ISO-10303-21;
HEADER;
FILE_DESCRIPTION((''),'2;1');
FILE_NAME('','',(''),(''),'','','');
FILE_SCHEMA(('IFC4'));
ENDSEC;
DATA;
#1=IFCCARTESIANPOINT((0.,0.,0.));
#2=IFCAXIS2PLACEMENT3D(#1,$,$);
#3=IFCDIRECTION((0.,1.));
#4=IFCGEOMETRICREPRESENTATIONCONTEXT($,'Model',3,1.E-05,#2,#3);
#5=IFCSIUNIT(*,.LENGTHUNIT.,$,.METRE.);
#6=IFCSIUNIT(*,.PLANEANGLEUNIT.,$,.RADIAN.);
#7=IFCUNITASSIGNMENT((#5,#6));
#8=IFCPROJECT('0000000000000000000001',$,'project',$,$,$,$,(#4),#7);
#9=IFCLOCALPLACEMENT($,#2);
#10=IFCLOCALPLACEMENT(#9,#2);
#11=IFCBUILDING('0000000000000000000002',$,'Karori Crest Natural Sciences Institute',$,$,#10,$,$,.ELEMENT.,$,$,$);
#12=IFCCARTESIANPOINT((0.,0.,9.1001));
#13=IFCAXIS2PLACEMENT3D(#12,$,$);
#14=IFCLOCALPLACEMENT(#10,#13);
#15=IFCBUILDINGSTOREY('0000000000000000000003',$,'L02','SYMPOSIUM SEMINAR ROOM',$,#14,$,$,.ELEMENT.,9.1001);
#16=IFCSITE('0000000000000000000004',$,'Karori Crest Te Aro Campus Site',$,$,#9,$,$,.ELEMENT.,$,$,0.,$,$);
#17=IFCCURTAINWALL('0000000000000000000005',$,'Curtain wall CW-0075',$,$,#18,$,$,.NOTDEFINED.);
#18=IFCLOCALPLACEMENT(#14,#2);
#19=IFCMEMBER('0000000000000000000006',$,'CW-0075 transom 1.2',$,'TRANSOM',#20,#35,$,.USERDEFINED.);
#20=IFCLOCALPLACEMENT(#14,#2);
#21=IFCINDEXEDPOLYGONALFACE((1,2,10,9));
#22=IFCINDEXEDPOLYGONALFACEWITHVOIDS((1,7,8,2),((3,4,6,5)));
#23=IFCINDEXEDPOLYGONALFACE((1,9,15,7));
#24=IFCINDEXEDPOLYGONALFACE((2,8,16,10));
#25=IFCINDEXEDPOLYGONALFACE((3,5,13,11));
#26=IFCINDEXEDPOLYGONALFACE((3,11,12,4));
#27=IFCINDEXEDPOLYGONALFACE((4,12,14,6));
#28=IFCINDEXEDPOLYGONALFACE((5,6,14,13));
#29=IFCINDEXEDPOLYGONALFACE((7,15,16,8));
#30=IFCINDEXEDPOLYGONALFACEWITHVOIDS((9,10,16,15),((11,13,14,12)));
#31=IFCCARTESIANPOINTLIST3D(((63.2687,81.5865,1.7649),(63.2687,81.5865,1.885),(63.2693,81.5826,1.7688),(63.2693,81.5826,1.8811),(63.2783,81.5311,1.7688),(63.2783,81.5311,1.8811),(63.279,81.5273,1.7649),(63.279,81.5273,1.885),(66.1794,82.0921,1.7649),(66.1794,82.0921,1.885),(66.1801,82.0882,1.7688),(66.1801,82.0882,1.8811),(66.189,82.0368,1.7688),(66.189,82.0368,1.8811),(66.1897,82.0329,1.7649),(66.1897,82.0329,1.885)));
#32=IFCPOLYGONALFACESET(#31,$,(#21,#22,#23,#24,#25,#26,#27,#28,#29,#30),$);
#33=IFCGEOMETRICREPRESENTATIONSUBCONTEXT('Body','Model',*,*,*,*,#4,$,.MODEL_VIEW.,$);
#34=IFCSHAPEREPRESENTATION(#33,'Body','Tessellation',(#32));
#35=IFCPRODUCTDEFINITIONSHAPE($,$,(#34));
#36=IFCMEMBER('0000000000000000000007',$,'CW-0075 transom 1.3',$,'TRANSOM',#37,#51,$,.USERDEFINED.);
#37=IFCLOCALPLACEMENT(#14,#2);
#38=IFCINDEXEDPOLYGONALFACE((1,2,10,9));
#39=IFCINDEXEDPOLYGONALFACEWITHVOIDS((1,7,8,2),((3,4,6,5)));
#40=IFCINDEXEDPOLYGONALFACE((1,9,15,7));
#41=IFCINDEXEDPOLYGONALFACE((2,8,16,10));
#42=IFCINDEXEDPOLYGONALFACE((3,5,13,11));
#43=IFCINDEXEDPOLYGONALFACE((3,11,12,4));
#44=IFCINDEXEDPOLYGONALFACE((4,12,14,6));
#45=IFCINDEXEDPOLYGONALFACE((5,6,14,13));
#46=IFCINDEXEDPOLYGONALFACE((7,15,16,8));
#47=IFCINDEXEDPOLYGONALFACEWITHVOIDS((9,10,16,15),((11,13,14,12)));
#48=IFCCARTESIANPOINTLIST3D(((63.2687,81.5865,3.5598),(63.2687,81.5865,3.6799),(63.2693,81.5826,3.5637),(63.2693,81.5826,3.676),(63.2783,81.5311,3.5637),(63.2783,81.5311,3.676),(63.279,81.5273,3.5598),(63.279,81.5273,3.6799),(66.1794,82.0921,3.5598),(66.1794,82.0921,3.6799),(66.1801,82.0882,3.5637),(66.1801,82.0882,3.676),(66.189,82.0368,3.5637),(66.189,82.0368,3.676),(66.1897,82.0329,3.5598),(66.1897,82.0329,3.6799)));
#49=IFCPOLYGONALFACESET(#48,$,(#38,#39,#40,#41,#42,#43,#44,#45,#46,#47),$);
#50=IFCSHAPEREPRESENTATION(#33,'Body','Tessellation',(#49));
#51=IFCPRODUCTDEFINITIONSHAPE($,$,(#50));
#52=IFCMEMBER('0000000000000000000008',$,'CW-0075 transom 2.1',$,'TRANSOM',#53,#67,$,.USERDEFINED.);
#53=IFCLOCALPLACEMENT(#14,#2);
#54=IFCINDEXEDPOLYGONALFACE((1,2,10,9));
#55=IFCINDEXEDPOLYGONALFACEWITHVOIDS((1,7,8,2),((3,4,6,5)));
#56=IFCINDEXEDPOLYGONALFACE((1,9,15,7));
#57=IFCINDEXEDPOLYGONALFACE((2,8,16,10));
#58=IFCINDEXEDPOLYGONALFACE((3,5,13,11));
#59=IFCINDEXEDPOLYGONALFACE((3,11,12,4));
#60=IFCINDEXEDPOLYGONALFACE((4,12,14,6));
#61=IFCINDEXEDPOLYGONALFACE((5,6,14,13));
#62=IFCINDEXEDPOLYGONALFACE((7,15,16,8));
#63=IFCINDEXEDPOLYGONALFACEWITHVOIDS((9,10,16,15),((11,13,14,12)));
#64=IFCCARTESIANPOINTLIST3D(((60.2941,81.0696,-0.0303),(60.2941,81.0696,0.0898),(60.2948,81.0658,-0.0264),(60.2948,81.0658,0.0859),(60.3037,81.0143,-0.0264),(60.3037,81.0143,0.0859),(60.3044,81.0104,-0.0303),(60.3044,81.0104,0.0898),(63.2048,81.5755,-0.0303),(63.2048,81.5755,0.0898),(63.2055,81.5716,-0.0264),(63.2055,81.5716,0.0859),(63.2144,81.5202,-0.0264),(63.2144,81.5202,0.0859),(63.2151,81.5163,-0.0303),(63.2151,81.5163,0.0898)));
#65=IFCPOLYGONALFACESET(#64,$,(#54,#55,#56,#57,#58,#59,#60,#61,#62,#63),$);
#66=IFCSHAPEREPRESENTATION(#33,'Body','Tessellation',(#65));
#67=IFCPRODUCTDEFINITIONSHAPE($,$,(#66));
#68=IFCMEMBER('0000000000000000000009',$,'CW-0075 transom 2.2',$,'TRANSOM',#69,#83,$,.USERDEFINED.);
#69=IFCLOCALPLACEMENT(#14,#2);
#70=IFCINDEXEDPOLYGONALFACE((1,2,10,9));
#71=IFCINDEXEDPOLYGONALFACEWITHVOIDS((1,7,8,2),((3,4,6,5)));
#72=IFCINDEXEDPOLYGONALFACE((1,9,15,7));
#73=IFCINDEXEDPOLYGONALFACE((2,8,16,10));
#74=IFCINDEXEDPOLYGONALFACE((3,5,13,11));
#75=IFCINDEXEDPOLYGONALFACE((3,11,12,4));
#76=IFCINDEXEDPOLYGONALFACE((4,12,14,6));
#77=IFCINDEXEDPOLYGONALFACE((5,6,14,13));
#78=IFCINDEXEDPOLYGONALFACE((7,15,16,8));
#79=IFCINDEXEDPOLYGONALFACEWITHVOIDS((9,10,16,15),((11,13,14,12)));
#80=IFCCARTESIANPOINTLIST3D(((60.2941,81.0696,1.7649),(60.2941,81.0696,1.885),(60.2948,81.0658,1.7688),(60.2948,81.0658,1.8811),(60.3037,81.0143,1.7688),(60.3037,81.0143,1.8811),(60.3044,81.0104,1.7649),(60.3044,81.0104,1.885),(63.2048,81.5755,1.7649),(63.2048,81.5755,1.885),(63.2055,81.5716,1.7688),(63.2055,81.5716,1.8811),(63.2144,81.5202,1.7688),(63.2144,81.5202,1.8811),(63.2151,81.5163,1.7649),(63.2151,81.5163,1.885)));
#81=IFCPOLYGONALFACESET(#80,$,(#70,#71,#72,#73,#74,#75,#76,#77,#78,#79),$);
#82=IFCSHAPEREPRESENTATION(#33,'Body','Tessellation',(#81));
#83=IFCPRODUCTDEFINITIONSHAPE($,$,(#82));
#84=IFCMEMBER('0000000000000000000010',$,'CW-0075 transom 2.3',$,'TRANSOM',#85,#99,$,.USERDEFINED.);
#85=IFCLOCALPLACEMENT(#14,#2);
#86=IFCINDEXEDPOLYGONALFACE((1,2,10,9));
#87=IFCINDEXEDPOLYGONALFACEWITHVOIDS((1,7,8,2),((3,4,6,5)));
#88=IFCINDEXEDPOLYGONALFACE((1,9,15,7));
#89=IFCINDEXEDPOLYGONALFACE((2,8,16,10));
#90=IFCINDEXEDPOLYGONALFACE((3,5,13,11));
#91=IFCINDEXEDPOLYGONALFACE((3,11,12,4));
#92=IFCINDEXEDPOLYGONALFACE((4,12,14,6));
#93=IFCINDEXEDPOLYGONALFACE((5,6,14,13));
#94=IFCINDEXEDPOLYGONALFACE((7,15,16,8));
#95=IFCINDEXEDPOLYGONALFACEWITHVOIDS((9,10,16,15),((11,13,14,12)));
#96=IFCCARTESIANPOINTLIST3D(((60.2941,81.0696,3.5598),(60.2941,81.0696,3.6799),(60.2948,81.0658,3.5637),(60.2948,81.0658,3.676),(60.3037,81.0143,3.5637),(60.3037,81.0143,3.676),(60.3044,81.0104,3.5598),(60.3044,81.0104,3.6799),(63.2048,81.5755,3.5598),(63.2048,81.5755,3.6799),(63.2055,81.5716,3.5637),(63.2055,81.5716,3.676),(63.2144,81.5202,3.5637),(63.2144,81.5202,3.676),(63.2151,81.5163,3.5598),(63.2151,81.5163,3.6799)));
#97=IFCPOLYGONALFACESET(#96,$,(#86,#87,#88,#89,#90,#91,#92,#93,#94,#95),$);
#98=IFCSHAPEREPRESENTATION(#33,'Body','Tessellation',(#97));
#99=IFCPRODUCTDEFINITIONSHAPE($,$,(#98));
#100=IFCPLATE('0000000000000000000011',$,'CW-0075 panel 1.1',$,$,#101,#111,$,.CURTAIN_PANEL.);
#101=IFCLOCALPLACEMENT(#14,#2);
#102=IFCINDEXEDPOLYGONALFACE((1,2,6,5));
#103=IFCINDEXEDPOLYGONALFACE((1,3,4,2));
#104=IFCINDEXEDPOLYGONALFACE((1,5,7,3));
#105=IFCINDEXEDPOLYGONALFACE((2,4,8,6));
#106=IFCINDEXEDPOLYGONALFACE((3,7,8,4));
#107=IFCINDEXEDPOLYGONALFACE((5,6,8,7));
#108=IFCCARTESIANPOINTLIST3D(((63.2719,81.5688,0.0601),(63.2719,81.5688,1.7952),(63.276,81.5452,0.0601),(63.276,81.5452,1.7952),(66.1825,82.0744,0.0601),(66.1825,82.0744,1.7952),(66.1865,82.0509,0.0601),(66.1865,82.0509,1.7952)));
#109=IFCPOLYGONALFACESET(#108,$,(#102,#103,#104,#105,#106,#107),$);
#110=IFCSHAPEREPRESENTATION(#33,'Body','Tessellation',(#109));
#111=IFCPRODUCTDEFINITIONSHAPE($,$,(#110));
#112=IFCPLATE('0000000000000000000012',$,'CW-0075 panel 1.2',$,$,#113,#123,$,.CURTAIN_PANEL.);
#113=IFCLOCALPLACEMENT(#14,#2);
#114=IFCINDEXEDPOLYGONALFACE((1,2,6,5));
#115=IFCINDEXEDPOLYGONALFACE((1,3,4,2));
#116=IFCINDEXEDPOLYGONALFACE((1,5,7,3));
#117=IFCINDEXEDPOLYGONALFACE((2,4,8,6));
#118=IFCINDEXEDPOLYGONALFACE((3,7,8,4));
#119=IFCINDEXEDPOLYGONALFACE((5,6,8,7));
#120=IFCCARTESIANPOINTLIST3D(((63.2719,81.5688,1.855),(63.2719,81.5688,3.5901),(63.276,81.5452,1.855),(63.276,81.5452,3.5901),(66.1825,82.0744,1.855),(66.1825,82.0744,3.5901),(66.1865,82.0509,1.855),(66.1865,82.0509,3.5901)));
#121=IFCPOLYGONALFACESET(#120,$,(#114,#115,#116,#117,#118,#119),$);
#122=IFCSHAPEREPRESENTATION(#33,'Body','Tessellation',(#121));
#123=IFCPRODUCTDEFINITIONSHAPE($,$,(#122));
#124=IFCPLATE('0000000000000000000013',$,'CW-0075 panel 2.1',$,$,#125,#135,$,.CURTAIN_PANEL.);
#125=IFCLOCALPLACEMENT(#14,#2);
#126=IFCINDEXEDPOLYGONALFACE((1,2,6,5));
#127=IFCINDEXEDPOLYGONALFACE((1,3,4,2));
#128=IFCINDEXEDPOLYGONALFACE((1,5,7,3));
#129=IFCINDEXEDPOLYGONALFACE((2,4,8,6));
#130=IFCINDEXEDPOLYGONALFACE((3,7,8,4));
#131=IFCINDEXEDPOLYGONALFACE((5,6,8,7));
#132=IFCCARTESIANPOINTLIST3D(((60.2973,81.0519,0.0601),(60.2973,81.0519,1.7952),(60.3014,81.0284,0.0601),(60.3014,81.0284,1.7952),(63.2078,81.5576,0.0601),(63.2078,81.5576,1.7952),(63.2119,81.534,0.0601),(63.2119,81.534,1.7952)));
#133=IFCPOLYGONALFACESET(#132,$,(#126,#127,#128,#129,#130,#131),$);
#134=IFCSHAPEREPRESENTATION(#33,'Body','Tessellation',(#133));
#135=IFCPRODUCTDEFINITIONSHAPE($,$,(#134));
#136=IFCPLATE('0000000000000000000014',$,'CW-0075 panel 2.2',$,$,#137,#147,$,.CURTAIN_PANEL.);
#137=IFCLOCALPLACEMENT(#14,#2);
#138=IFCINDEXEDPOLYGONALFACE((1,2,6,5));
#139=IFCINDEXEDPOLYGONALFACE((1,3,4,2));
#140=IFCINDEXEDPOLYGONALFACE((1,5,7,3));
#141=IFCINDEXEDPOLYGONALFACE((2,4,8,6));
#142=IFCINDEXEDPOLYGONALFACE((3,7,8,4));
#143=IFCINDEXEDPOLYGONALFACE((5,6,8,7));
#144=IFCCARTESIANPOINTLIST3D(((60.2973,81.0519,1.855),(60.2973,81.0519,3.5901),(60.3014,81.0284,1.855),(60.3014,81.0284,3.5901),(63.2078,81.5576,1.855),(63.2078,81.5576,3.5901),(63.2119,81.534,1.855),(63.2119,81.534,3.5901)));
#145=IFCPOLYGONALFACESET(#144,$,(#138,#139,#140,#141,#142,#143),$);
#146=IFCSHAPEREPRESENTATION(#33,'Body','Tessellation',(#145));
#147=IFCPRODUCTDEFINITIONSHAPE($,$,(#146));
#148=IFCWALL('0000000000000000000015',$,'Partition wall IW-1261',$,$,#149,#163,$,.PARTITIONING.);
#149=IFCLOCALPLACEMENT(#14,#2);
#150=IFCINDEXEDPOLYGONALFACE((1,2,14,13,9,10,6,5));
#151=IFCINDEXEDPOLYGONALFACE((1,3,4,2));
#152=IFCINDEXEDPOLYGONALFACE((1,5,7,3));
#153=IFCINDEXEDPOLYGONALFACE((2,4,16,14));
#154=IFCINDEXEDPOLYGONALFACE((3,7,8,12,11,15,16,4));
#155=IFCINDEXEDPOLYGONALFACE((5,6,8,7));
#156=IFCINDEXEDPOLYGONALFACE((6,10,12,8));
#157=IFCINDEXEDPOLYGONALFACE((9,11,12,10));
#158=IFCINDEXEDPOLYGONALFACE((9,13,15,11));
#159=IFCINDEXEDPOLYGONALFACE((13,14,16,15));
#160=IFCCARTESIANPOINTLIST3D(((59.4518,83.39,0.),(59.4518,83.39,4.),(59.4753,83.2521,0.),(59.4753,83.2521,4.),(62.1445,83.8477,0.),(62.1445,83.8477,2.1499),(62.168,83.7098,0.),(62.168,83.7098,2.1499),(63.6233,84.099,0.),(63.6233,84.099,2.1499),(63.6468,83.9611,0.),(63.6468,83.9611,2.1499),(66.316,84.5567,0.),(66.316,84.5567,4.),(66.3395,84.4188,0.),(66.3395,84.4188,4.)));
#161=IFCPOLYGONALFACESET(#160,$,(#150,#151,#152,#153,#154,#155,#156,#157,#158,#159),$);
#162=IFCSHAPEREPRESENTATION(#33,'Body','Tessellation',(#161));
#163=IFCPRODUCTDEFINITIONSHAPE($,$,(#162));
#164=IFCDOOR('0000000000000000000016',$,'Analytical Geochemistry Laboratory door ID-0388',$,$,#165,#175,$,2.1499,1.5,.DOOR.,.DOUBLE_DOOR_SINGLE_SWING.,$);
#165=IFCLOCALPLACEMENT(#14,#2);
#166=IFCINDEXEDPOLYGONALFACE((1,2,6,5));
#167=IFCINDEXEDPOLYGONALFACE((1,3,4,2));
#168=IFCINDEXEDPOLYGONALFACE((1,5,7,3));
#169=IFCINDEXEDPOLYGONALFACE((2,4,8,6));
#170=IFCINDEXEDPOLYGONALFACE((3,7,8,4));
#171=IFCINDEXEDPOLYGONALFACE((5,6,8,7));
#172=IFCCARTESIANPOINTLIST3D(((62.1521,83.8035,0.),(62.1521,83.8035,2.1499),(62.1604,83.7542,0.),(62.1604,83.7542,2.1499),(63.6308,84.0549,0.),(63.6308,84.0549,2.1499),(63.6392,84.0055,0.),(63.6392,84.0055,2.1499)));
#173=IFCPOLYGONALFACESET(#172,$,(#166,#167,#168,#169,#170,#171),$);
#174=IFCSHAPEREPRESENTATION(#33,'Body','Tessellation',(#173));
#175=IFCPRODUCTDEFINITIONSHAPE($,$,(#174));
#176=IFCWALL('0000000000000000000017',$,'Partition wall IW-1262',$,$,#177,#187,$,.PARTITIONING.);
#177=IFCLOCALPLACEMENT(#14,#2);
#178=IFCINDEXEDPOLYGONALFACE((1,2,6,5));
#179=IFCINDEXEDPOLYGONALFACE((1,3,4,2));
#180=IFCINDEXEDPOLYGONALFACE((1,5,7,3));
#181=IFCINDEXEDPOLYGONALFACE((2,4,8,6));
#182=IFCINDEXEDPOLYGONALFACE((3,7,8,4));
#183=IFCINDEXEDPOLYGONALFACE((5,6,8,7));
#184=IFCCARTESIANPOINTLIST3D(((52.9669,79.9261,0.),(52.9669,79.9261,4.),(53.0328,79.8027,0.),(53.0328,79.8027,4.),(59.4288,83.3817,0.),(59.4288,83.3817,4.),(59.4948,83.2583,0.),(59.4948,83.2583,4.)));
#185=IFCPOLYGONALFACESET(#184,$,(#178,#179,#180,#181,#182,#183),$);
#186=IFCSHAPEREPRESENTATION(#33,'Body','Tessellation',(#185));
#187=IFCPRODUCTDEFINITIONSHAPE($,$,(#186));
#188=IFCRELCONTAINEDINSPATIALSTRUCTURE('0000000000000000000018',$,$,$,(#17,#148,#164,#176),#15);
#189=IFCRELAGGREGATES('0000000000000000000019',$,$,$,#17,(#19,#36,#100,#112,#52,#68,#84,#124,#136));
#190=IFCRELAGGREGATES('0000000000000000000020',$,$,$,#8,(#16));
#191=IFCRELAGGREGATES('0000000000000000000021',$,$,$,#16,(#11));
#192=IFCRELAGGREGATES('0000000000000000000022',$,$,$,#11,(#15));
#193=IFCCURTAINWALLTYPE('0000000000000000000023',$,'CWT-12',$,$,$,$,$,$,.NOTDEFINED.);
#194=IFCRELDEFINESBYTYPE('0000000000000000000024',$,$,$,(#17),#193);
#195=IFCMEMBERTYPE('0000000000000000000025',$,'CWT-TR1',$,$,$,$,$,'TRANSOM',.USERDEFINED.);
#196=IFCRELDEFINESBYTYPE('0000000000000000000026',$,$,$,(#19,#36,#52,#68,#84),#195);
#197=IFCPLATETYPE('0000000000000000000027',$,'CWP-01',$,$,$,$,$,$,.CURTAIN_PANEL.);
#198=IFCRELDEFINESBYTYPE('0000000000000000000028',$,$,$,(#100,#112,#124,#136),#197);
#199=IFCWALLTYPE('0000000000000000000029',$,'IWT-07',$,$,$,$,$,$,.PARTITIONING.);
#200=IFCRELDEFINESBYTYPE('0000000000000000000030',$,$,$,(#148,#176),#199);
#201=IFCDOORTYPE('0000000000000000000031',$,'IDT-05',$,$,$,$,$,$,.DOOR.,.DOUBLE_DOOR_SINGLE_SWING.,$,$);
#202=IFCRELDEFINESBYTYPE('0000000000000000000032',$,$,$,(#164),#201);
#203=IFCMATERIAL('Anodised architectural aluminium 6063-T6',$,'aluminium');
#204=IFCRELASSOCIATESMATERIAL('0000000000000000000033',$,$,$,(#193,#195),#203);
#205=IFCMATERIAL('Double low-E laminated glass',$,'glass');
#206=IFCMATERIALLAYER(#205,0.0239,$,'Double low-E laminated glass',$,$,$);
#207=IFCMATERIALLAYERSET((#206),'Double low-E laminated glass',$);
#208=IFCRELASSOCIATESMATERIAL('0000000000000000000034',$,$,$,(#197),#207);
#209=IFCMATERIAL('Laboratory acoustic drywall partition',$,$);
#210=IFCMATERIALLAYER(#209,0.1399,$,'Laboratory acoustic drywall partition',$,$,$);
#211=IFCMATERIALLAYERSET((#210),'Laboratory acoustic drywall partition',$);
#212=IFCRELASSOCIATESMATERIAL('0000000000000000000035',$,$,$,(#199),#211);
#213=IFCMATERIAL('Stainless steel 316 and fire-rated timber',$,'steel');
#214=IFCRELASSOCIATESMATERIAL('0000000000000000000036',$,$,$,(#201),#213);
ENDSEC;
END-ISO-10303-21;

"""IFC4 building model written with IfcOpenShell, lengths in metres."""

from ifc_helpers import new_model, si_unit, direction, frame, frame_2d, origin, origin_2d, place, context, subcontext, project, spatial, rectangle, hollow_rectangle, extrude, material, layer, layer_set, material_profile, profile_set, type_object, element, fill, aggregate, save


model = new_model("IFC4")

# Units and contexts
model_context = context("Model", 3, precision=1e-05, world=origin(), true_north=direction((0.0, 1.0)))
body_context = subcontext(model_context, "Body", "Model", "MODEL_VIEW")
ifc_project = project(units=[si_unit("LENGTHUNIT", "METRE"), si_unit("PLANEANGLEUNIT", "RADIAN")], contexts=[model_context])

# Site, building, storey
site_placement = place(None, origin())
site = spatial("IfcSite", under=ifc_project, at=site_placement, Name="Karori Crest Te Aro Campus Site", CompositionType="ELEMENT", RefElevation=0.0)
building_placement = place(site_placement, origin())
building = spatial("IfcBuilding", under=site, at=building_placement, Name="Karori Crest Natural Sciences Institute", CompositionType="ELEMENT")
storey_placement = place(building_placement, frame((0.0, 0.0, 9.1001)))
storey = spatial("IfcBuildingStorey", under=building, at=storey_placement, Name="L02", Description="SYMPOSIUM SEMINAR ROOM", CompositionType="ELEMENT", Elevation=9.1001)

# Curtain wall, members, plates
ifc_material_1 = material(Name="Anodised architectural aluminium 6063-T6", Category="aluminium")
curtain_wall_type = type_object("IfcCurtainWallType", Name="CWT-12", PredefinedType="NOTDEFINED", material=ifc_material_1)
curtain_wall_placement = place(storey_placement, origin())
curtain_wall = element("IfcCurtainWall", 1, at=curtain_wall_placement, inside=storey, type_object=curtain_wall_type, Name="Curtain wall CW-0075", PredefinedType="NOTDEFINED")
ifc_material_profile_1 = material_profile(ifc_material_1, hollow_rectangle(XDim=0.0601, YDim=0.1201, WallThickness=0.0039, at=origin_2d()), Name="CWT120x60x4")
ifc_profile_set_1 = profile_set([ifc_material_profile_1], Name="Anodised architectural aluminium 6063-T6")
member_type_1 = type_object("IfcMemberType", Name="CWT-TR1", ElementType="TRANSOM", PredefinedType="USERDEFINED", material=ifc_profile_set_1)
member_1_placement = place(storey_placement, frame((66.1846, 82.0625, 1.825), z_axis=(-0.985245, -0.171149, 0.0), x_axis=(0.171149, -0.985245, 0.0)))
member_1 = element("IfcMember", 2, at=member_1_placement, type_object=member_type_1, Name="CW-0075 transom 1.2", ObjectType="TRANSOM", PredefinedType="USERDEFINED", context=body_context, shape_type="SweptSolid", body=[
    extrude(hollow_rectangle(XDim=0.0601, YDim=0.1201, WallThickness=0.0039, at=origin_2d()), origin(), (0.0, 0.0, 1.0), 2.9543),
])
member_2_placement = place(storey_placement, frame((66.1846, 82.0625, 3.6199), z_axis=(-0.985245, -0.171149, 0.0), x_axis=(0.171149, -0.985245, 0.0)))
member_2 = element("IfcMember", 3, at=member_2_placement, type_object=member_type_1, Name="CW-0075 transom 1.3", ObjectType="TRANSOM", PredefinedType="USERDEFINED", context=body_context, shape_type="SweptSolid", body=[
    extrude(hollow_rectangle(XDim=0.0601, YDim=0.1201, WallThickness=0.0039, at=origin_2d()), origin(), (0.0, 0.0, 1.0), 2.9543),
])
member_3_placement = place(storey_placement, frame((63.21, 81.5459, 0.0298), z_axis=(-0.985231, -0.17123, 0.0), x_axis=(0.17123, -0.985231, 0.0)))
member_3 = element("IfcMember", 4, at=member_3_placement, type_object=member_type_1, Name="CW-0075 transom 2.1", ObjectType="TRANSOM", PredefinedType="USERDEFINED", context=body_context, shape_type="SweptSolid", body=[
    extrude(hollow_rectangle(XDim=0.0601, YDim=0.1201, WallThickness=0.0039, at=origin_2d()), origin(), (0.0, 0.0, 1.0), 2.9543),
])
member_4_placement = place(storey_placement, frame((63.21, 81.5459, 1.825), z_axis=(-0.985231, -0.17123, 0.0), x_axis=(0.17123, -0.985231, 0.0)))
member_4 = element("IfcMember", 5, at=member_4_placement, type_object=member_type_1, Name="CW-0075 transom 2.2", ObjectType="TRANSOM", PredefinedType="USERDEFINED", context=body_context, shape_type="SweptSolid", body=[
    extrude(hollow_rectangle(XDim=0.0601, YDim=0.1201, WallThickness=0.0039, at=origin_2d()), origin(), (0.0, 0.0, 1.0), 2.9543),
])
member_5_placement = place(storey_placement, frame((63.21, 81.5459, 3.6199), z_axis=(-0.985231, -0.17123, 0.0), x_axis=(0.17123, -0.985231, 0.0)))
member_5 = element("IfcMember", 6, at=member_5_placement, type_object=member_type_1, Name="CW-0075 transom 2.3", ObjectType="TRANSOM", PredefinedType="USERDEFINED", context=body_context, shape_type="SweptSolid", body=[
    extrude(hollow_rectangle(XDim=0.0601, YDim=0.1201, WallThickness=0.0039, at=origin_2d()), origin(), (0.0, 0.0, 1.0), 2.9543),
])
ifc_material_2 = material(Name="Double low-E laminated glass", Category="glass")
ifc_layer_1 = layer(ifc_material_2, 0.0239, Name="Double low-E laminated glass")
ifc_layer_set_1 = layer_set([ifc_layer_1], Name="Double low-E laminated glass")
plate_type = type_object("IfcPlateType", Name="CWP-01", PredefinedType="CURTAIN_PANEL", material=ifc_layer_set_1)
plate_1_placement = place(storey_placement, frame((64.7292, 81.8098, 0.0601), z_axis=(0.0, 0.0, 1.0), x_axis=(-0.985241, -0.17117, 0.0)))
plate_1 = element("IfcPlate", 7, at=plate_1_placement, type_object=plate_type, Name="CW-0075 panel 1.1", PredefinedType="CURTAIN_PANEL", context=body_context, shape_type="SweptSolid", body=[
    extrude(rectangle(XDim=2.9541, YDim=0.0239, at=origin_2d()), origin(), (0.0, 0.0, 1.0), 1.7351),
])
plate_2_placement = place(storey_placement, frame((64.7292, 81.8098, 1.855), z_axis=(0.0, 0.0, 1.0), x_axis=(-0.985241, -0.17117, 0.0)))
plate_2 = element("IfcPlate", 8, at=plate_2_placement, type_object=plate_type, Name="CW-0075 panel 1.2", PredefinedType="CURTAIN_PANEL", context=body_context, shape_type="SweptSolid", body=[
    extrude(rectangle(XDim=2.9541, YDim=0.0239, at=origin_2d()), origin(), (0.0, 0.0, 1.0), 1.7351),
])
plate_3_placement = place(storey_placement, frame((61.7546, 81.293, 0.0601), z_axis=(0.0, 0.0, 1.0), x_axis=(-0.985241, -0.17117, 0.0)))
plate_3 = element("IfcPlate", 9, at=plate_3_placement, type_object=plate_type, Name="CW-0075 panel 2.1", PredefinedType="CURTAIN_PANEL", context=body_context, shape_type="SweptSolid", body=[
    extrude(rectangle(XDim=2.9541, YDim=0.0239, at=origin_2d()), origin(), (0.0, 0.0, 1.0), 1.7351),
])
plate_4_placement = place(storey_placement, frame((61.7546, 81.293, 1.855), z_axis=(0.0, 0.0, 1.0), x_axis=(-0.985241, -0.17117, 0.0)))
plate_4 = element("IfcPlate", 10, at=plate_4_placement, type_object=plate_type, Name="CW-0075 panel 2.2", PredefinedType="CURTAIN_PANEL", context=body_context, shape_type="SweptSolid", body=[
    extrude(rectangle(XDim=2.9541, YDim=0.0239, at=origin_2d()), origin(), (0.0, 0.0, 1.0), 1.7351),
])
aggregate(curtain_wall, [member_1, member_2, plate_1, plate_2, member_3, member_4, member_5, plate_3, plate_4])

# Wall, opening, door
ifc_material_3 = material(Name="Laboratory acoustic drywall partition")
ifc_layer_2 = layer(ifc_material_3, 0.1399, Name="Laboratory acoustic drywall partition")
ifc_layer_set_2 = layer_set([ifc_layer_2], Name="Laboratory acoustic drywall partition")
wall_type_1 = type_object("IfcWallType", Name="IWT-07", PredefinedType="PARTITIONING", material=ifc_layer_set_2)
wall_1_placement = place(storey_placement, frame((66.3279, 84.4878, 0.0), z_axis=(0.0, 0.0, 1.0), x_axis=(-0.98586, -0.167571, 0.0)))
wall_1 = element("IfcWall", 11, at=wall_1_placement, inside=storey, type_object=wall_type_1, Name="Partition wall IW-1261", PredefinedType="PARTITIONING", context=body_context, shape_type="SweptSolid", body=[
    extrude(rectangle(XDim=6.9626, YDim=0.1399, at=frame_2d((3.4814, 0.0))), origin(), (0.0, 0.0, 1.0), 4.0),
])
opening_1_placement = place(wall_1_placement, frame((2.7314, 0.0, 0.0)))
opening_1 = element("IfcOpeningElement", 12, at=opening_1_placement, cuts=wall_1, PredefinedType="OPENING", context=body_context, shape_type="SweptSolid", body=[
    extrude(rectangle(XDim=1.5, YDim=2.1499, at=frame_2d((0.75, 1.075))), frame((0.0, 0.0801, 0.0), z_axis=(0.0, -1.0, 0.0), x_axis=(1.0, 0.0, 0.0)), (0.0, 0.0, 1.0), 0.1599),
])
ifc_material_4 = material(Name="Stainless steel 316 and fire-rated timber", Category="steel")
door_type = type_object("IfcDoorType", Name="IDT-05", OperationType="DOUBLE_DOOR_SINGLE_SWING", PredefinedType="DOOR", material=ifc_material_4)
door_placement = place(opening_1_placement, origin())
door = element("IfcDoor", 13, at=door_placement, inside=storey, type_object=door_type, Name="Analytical Geochemistry Laboratory door ID-0388", OperationType="DOUBLE_DOOR_SINGLE_SWING", OverallHeight=2.1499, OverallWidth=1.5, PredefinedType="DOOR", context=body_context, shape_type="SweptSolid", body=[
    extrude(rectangle(XDim=1.5, YDim=2.1499, at=frame_2d((0.75, 1.075))), frame((0.0, 0.0249, 0.0), z_axis=(0.0, -1.0, 0.0), x_axis=(1.0, 0.0, 0.0)), (0.0, 0.0, 1.0), 0.05),
])
fill(opening_1, door)

# Wall
wall_2_placement = place(storey_placement, frame((59.4619, 83.3201, 0.0), z_axis=(0.0, 0.0, 1.0), x_axis=(-0.88183, -0.471567, 0.0)))
element("IfcWall", 14, at=wall_2_placement, inside=storey, type_object=wall_type_1, Name="Partition wall IW-1262", PredefinedType="PARTITIONING", context=body_context, shape_type="SweptSolid", body=[
    extrude(rectangle(XDim=7.3279, YDim=0.1399, at=frame_2d((3.6641, 0.0))), origin(), (0.0, 0.0, 1.0), 4.0),
])

save(model, "model.ifc")
